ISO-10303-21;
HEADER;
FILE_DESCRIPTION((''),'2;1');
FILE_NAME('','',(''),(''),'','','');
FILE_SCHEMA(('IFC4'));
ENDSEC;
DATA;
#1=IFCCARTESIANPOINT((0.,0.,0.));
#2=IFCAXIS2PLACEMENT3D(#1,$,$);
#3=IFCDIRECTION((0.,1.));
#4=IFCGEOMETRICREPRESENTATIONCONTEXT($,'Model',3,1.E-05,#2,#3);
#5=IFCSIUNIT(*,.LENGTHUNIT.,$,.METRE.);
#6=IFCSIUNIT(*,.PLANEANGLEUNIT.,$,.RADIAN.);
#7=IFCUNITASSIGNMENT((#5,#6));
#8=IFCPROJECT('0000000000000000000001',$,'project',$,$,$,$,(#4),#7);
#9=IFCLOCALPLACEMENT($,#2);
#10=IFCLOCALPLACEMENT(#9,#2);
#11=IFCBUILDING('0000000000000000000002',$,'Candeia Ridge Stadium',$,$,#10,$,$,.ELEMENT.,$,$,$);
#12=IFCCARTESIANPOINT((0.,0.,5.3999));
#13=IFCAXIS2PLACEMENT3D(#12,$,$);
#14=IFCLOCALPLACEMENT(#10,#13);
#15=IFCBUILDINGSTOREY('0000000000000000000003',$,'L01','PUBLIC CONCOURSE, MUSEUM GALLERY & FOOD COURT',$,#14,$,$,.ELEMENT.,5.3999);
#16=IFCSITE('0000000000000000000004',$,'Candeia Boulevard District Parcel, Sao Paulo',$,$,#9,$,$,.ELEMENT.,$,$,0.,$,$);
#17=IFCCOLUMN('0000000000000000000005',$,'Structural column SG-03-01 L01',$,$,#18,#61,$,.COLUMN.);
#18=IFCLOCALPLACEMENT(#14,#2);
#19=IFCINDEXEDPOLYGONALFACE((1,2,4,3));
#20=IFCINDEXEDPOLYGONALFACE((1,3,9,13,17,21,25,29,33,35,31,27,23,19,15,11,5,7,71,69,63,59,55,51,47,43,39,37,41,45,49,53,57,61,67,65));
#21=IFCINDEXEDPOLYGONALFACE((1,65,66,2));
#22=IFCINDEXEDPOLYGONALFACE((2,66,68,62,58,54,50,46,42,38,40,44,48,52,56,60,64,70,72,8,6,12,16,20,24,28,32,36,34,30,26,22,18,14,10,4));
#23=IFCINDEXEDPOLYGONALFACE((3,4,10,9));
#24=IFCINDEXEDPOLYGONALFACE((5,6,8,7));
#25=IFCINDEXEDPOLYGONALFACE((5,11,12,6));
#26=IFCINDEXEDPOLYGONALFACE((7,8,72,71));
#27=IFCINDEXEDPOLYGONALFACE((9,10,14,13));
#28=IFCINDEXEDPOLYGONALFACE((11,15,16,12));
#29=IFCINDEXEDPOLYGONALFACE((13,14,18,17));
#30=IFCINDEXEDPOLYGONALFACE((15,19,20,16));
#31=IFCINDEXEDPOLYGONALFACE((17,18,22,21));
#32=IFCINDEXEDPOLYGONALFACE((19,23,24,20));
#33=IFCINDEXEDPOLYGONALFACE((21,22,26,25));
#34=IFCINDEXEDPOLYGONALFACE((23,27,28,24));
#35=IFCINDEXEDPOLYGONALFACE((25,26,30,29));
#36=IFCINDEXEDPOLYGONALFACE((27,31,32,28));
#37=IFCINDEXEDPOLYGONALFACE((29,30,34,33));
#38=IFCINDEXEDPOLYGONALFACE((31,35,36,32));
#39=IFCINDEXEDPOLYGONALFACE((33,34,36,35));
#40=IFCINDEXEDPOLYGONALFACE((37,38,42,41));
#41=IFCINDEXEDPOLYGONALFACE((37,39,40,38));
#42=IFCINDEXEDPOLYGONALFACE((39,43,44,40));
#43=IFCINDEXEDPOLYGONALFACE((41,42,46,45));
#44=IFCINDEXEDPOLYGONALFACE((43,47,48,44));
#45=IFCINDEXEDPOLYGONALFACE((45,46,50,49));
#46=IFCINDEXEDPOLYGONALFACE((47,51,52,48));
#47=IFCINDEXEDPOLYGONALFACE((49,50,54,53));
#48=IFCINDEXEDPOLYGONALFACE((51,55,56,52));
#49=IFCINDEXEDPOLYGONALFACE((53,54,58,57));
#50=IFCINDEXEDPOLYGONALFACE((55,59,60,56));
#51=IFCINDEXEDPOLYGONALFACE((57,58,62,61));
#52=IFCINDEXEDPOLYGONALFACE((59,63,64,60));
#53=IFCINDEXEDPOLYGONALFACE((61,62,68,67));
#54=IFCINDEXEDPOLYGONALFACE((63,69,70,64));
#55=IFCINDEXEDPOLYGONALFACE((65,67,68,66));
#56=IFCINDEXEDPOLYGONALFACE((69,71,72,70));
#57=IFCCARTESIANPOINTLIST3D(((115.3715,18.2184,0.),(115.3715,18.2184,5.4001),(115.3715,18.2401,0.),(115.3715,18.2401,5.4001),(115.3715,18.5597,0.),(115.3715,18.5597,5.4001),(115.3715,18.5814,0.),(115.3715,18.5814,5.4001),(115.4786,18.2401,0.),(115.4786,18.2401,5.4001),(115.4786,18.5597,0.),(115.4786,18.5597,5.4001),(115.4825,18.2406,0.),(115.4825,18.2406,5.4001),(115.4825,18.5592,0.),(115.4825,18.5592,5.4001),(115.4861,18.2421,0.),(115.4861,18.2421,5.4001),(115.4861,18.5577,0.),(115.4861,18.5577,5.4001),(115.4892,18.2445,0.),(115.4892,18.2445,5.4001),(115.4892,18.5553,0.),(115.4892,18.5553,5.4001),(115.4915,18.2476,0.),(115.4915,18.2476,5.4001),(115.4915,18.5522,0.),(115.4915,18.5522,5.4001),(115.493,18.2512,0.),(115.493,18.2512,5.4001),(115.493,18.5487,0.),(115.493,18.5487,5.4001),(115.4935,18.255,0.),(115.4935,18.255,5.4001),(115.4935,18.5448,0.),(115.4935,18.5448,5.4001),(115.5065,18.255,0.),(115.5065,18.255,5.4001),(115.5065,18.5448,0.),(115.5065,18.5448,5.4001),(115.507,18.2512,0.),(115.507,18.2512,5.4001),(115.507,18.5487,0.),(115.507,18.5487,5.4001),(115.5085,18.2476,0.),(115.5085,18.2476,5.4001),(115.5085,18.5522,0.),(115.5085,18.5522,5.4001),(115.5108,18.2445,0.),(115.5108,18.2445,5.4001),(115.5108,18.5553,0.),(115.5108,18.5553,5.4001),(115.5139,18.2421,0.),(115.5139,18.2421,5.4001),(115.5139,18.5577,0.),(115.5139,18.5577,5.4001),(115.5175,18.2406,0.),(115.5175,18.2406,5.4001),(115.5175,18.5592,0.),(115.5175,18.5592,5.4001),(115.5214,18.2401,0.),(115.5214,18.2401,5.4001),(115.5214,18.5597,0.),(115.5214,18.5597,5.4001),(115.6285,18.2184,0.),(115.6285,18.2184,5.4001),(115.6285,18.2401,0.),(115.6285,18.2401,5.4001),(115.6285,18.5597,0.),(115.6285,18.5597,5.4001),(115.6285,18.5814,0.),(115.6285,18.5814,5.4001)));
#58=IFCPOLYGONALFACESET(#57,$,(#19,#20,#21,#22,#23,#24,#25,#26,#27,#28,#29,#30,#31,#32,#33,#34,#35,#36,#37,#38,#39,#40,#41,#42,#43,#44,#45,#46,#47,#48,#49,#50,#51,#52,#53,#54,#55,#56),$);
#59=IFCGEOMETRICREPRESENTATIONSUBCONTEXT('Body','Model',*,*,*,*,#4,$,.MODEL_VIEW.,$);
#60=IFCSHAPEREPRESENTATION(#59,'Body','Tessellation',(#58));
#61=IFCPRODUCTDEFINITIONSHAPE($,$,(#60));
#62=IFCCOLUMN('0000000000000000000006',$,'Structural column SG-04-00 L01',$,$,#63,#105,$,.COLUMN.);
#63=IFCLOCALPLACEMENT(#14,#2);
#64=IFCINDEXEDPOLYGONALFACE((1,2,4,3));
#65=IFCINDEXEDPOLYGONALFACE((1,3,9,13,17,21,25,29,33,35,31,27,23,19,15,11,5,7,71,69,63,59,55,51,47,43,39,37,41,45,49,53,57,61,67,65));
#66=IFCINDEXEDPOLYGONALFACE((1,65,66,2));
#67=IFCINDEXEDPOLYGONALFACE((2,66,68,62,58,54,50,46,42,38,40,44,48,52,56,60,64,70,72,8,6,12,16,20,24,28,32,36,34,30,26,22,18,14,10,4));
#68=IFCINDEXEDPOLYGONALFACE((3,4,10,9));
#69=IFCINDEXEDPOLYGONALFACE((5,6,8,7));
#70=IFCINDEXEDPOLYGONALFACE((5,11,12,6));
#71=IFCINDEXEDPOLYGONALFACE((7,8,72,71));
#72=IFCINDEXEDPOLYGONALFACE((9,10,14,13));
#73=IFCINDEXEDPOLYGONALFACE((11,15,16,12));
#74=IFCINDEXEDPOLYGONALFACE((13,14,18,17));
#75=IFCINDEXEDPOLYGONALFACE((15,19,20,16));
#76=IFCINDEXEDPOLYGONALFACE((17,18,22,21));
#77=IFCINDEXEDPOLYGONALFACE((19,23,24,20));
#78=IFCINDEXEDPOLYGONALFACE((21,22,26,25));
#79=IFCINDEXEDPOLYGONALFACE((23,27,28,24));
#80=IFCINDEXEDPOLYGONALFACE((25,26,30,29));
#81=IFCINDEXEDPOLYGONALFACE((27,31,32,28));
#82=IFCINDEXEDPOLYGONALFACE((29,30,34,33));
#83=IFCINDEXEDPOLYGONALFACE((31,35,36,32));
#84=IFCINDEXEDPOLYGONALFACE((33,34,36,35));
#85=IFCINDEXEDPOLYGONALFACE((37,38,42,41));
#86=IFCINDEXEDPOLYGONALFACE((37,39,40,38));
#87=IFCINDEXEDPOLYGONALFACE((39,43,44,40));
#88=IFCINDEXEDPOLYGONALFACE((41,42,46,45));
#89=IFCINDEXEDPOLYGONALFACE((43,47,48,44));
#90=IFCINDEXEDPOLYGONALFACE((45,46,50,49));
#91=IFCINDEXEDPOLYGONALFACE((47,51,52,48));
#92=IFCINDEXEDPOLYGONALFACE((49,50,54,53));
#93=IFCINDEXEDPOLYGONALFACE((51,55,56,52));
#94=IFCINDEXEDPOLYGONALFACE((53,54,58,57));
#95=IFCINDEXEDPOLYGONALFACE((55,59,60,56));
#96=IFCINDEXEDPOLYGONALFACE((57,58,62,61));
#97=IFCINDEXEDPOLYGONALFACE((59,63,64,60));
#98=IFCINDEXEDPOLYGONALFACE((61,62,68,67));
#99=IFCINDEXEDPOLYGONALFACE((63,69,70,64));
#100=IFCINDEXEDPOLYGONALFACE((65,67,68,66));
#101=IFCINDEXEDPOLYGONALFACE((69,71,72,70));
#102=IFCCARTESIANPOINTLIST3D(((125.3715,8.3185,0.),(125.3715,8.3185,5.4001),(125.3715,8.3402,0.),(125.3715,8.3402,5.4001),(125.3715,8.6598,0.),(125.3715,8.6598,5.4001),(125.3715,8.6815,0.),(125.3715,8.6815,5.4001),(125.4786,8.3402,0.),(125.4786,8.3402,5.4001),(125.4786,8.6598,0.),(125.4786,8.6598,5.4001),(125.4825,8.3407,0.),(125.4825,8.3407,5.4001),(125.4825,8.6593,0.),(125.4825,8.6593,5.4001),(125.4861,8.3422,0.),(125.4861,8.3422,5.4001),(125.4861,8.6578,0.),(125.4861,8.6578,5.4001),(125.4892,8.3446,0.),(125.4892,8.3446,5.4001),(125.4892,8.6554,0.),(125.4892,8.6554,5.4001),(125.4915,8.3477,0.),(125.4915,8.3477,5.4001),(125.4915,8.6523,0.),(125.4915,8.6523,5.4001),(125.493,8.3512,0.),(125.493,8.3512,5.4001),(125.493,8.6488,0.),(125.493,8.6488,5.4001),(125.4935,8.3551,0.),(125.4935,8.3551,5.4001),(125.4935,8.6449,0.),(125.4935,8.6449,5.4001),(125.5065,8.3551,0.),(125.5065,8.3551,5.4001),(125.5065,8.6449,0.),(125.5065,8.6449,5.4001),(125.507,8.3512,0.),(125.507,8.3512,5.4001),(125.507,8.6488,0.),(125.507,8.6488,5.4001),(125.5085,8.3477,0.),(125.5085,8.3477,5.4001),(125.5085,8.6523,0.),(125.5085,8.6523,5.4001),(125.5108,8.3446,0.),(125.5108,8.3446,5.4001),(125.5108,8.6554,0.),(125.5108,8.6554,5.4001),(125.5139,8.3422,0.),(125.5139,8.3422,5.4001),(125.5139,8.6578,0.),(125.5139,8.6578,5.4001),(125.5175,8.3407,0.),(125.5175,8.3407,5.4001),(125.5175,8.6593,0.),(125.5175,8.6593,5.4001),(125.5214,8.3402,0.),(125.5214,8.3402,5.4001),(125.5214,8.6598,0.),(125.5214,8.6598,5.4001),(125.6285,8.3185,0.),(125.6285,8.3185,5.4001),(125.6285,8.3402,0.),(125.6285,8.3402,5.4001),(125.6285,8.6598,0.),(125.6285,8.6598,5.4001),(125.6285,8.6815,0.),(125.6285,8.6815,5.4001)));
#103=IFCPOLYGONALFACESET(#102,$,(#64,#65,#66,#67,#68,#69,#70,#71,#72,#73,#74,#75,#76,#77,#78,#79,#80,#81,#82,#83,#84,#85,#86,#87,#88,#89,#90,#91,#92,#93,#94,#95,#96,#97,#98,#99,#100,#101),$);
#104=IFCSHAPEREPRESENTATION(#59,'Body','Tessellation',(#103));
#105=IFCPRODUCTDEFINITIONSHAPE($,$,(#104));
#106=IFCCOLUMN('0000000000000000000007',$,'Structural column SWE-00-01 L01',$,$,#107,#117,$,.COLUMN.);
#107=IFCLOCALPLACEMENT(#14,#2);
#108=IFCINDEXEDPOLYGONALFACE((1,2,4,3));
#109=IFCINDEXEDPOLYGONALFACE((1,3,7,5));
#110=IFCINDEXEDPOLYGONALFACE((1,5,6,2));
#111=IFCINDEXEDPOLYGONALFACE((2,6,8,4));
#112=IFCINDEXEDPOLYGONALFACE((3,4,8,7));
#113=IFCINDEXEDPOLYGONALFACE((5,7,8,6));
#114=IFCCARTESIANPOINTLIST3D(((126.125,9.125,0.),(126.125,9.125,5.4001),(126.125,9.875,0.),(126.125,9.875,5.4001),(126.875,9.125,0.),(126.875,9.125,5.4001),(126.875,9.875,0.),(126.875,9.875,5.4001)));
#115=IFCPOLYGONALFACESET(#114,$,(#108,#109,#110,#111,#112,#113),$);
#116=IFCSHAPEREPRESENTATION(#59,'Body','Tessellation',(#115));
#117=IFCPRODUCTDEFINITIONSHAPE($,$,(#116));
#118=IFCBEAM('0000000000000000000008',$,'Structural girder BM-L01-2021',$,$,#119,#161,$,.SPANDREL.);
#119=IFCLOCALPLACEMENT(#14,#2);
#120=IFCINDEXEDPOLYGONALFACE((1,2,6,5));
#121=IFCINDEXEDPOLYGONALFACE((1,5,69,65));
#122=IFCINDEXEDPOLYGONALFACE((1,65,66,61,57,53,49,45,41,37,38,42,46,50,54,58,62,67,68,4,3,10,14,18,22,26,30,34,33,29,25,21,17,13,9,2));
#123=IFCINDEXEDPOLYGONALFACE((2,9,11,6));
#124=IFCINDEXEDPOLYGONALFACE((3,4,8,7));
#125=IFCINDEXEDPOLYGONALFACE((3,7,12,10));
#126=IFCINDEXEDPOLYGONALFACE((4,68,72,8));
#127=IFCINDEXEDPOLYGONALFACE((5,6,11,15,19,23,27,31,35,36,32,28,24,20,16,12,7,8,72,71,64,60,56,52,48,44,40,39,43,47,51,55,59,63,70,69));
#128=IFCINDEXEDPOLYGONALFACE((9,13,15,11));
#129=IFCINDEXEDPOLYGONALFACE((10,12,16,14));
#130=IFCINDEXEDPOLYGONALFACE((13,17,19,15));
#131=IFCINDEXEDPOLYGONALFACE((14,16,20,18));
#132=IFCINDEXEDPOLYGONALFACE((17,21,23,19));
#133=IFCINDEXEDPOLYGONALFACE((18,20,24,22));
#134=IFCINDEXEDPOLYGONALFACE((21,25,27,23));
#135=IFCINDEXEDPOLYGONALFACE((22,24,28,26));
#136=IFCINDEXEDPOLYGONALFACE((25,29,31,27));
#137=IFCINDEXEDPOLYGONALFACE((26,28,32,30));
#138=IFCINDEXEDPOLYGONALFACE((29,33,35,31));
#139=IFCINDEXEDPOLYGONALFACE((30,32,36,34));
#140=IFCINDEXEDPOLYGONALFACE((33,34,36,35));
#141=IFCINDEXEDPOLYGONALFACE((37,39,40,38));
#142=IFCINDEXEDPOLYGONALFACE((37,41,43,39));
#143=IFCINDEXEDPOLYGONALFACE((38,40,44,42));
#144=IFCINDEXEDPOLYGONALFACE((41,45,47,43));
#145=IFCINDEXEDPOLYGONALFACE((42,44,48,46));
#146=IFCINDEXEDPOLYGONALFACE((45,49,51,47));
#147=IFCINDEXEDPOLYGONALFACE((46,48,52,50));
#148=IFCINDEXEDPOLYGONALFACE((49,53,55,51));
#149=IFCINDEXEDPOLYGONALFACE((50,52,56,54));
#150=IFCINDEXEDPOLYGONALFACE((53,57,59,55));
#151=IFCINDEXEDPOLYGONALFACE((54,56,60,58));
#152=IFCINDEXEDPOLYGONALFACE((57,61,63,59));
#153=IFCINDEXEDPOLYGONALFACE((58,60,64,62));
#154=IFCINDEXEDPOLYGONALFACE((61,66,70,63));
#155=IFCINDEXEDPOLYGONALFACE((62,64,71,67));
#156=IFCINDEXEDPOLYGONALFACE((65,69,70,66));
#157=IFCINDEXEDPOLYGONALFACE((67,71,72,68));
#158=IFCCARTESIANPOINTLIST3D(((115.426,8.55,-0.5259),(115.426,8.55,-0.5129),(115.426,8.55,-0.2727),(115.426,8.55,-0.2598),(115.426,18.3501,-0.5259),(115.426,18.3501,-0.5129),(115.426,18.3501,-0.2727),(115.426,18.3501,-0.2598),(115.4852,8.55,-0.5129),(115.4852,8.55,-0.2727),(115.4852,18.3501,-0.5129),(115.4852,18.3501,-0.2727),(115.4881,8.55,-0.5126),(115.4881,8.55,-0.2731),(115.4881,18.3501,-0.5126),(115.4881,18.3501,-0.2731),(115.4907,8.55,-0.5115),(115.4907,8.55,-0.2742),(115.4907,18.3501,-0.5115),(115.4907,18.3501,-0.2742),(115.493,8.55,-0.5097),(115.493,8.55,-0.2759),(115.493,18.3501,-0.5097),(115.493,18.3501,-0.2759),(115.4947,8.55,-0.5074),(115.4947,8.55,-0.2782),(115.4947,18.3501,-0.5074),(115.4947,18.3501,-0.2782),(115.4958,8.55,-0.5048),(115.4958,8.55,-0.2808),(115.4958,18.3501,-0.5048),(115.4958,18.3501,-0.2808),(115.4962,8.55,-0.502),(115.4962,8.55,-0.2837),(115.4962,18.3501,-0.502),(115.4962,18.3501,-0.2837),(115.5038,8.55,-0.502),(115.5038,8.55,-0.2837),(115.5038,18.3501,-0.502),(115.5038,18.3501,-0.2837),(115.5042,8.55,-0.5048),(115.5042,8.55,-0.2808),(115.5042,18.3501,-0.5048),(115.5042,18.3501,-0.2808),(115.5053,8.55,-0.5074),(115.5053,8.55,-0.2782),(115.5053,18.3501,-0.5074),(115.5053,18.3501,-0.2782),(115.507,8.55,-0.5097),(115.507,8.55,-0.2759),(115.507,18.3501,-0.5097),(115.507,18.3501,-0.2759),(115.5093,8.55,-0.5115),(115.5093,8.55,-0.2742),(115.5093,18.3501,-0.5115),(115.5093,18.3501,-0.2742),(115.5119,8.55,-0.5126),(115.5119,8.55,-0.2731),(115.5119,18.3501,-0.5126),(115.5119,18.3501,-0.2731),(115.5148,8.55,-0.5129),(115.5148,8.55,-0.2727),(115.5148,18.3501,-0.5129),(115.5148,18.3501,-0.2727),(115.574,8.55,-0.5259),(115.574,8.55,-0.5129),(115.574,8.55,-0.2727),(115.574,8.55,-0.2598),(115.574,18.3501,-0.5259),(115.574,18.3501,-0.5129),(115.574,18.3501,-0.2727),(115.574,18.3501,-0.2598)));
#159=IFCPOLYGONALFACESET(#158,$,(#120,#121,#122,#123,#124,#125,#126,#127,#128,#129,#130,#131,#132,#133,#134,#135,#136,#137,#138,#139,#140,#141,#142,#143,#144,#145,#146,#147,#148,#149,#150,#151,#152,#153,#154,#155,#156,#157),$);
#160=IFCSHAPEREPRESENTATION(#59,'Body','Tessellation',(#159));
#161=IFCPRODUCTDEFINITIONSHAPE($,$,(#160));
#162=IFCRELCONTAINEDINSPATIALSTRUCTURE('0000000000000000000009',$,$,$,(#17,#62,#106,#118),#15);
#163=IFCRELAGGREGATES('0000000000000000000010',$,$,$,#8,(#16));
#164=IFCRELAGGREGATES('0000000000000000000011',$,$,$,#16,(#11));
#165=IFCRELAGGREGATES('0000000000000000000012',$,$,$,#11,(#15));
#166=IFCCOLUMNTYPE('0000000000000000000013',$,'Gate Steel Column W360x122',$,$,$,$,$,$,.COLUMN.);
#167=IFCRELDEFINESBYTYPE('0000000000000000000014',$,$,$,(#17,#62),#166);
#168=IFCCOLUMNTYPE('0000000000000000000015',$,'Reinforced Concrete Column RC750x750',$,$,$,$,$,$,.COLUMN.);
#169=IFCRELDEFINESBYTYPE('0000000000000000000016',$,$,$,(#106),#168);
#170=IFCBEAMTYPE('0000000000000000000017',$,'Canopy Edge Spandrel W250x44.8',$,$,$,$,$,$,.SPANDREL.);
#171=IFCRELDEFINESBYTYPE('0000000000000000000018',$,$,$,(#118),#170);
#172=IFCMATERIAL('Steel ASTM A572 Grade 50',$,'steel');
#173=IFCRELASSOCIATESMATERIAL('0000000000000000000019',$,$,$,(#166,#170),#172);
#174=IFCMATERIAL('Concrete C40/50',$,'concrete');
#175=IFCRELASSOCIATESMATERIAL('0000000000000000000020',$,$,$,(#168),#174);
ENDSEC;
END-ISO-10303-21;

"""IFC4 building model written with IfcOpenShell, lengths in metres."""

from ifc_helpers import new_model, si_unit, direction, frame, origin, origin_2d, place, context, subcontext, project, spatial, rectangle, i_section, extrude, material, material_profile, profile_set, type_object, element, save


model = new_model("IFC4")

# Units and contexts
model_context = context("Model", 3, precision=1e-05, world=origin(), true_north=direction((0.0, 1.0)))
body_context = subcontext(model_context, "Body", "Model", "MODEL_VIEW")
ifc_project = project(units=[si_unit("LENGTHUNIT", "METRE"), si_unit("PLANEANGLEUNIT", "RADIAN")], contexts=[model_context])

# Site, building, storey
site_placement = place(None, origin())
site = spatial("IfcSite", under=ifc_project, at=site_placement, Name="Candeia Boulevard District Parcel, Sao Paulo", CompositionType="ELEMENT", RefElevation=0.0)
building_placement = place(site_placement, origin())
building = spatial("IfcBuilding", under=site, at=building_placement, Name="Candeia Ridge Stadium", CompositionType="ELEMENT")
storey_placement = place(building_placement, frame((0.0, 0.0, 5.3999)))
storey = spatial("IfcBuildingStorey", under=building, at=storey_placement, Name="L01", Description="PUBLIC CONCOURSE, MUSEUM GALLERY & FOOD COURT", CompositionType="ELEMENT", Elevation=5.3999)

# Columns
ifc_material_1 = material(Name="Steel ASTM A572 Grade 50", Category="steel")
ifc_material_profile_1 = material_profile(ifc_material_1, i_section(OverallWidth=0.2571, OverallDepth=0.363, WebThickness=0.0129, FlangeThickness=0.0217, FilletRadius=0.0149, at=origin_2d()), Name="W360x122", Category="steel")
ifc_profile_set_1 = profile_set([ifc_material_profile_1], Name="Steel ASTM A572 Grade 50")
column_type_1 = type_object("IfcColumnType", Name="Gate Steel Column W360x122", PredefinedType="COLUMN", material=ifc_profile_set_1)
for number, where, z_axis, x_axis, name in (
    (1, (115.5, 18.3999, 0.0), (0.0, 0.0, 1.0), (1.0, 0.0, 0.0), "Structural column SG-03-01 L01"),
    (2, (125.5, 8.5, 0.0), (0.0, 0.0, 1.0), (1.0, 0.0, 0.0), "Structural column SG-04-00 L01"),
):
    element("IfcColumn", number, at=place(storey_placement, frame(where, z_axis=z_axis, x_axis=x_axis)), inside=storey, type_object=column_type_1, Name=name, PredefinedType="COLUMN", context=body_context, shape_type="SweptSolid", body=[
        extrude(i_section(OverallWidth=0.2571, OverallDepth=0.363, WebThickness=0.0129, FlangeThickness=0.0217, FilletRadius=0.0149, at=origin_2d()), origin(), (0.0, 0.0, 1.0), 5.4001),
    ])
ifc_material_2 = material(Name="Concrete C40/50", Category="concrete")
ifc_material_profile_2 = material_profile(ifc_material_2, rectangle(XDim=0.75, YDim=0.75, at=origin_2d()), Name="RC750x750", Category="concrete")
ifc_profile_set_2 = profile_set([ifc_material_profile_2], Name="Concrete C40/50")
column_type_2 = type_object("IfcColumnType", Name="Reinforced Concrete Column RC750x750", PredefinedType="COLUMN", material=ifc_profile_set_2)
column_placement = place(storey_placement, frame((126.5, 9.5, 0.0), z_axis=(0.0, 0.0, 1.0), x_axis=(1.0, 0.0, 0.0)))
element("IfcColumn", 3, at=column_placement, inside=storey, type_object=column_type_2, Name="Structural column SWE-00-01 L01", PredefinedType="COLUMN", context=body_context, shape_type="SweptSolid", body=[
    extrude(rectangle(XDim=0.75, YDim=0.75, at=origin_2d()), origin(), (0.0, 0.0, 1.0), 5.4001),
])

# Beam
ifc_material_profile_3 = material_profile(ifc_material_1, i_section(OverallWidth=0.1479, OverallDepth=0.2661, WebThickness=0.0076, FlangeThickness=0.0129, FilletRadius=0.011, at=origin_2d()), Name="W250x44.8", Category="steel")
ifc_profile_set_3 = profile_set([ifc_material_profile_3], Name="Steel ASTM A572 Grade 50")
beam_type_1 = type_object("IfcBeamType", Name="Canopy Edge Spandrel W250x44.8", PredefinedType="SPANDREL", material=ifc_profile_set_3)
for number, where, z_axis, x_axis, name in (
    (4, (115.5, 8.55, -0.3928), (0.0, 1.0, 0.0), (-1.0, 0.0, 0.0), "Structural girder BM-L01-2021"),
):
    element("IfcBeam", number, at=place(storey_placement, frame(where, z_axis=z_axis, x_axis=x_axis)), inside=storey, type_object=beam_type_1, Name=name, PredefinedType="SPANDREL", context=body_context, shape_type="SweptSolid", body=[
        extrude(i_section(OverallWidth=0.1479, OverallDepth=0.2661, WebThickness=0.0076, FlangeThickness=0.0129, FilletRadius=0.011, at=origin_2d()), origin(), (0.0, 0.0, 1.0), 9.8),
    ])

save(model, "model.ifc")
